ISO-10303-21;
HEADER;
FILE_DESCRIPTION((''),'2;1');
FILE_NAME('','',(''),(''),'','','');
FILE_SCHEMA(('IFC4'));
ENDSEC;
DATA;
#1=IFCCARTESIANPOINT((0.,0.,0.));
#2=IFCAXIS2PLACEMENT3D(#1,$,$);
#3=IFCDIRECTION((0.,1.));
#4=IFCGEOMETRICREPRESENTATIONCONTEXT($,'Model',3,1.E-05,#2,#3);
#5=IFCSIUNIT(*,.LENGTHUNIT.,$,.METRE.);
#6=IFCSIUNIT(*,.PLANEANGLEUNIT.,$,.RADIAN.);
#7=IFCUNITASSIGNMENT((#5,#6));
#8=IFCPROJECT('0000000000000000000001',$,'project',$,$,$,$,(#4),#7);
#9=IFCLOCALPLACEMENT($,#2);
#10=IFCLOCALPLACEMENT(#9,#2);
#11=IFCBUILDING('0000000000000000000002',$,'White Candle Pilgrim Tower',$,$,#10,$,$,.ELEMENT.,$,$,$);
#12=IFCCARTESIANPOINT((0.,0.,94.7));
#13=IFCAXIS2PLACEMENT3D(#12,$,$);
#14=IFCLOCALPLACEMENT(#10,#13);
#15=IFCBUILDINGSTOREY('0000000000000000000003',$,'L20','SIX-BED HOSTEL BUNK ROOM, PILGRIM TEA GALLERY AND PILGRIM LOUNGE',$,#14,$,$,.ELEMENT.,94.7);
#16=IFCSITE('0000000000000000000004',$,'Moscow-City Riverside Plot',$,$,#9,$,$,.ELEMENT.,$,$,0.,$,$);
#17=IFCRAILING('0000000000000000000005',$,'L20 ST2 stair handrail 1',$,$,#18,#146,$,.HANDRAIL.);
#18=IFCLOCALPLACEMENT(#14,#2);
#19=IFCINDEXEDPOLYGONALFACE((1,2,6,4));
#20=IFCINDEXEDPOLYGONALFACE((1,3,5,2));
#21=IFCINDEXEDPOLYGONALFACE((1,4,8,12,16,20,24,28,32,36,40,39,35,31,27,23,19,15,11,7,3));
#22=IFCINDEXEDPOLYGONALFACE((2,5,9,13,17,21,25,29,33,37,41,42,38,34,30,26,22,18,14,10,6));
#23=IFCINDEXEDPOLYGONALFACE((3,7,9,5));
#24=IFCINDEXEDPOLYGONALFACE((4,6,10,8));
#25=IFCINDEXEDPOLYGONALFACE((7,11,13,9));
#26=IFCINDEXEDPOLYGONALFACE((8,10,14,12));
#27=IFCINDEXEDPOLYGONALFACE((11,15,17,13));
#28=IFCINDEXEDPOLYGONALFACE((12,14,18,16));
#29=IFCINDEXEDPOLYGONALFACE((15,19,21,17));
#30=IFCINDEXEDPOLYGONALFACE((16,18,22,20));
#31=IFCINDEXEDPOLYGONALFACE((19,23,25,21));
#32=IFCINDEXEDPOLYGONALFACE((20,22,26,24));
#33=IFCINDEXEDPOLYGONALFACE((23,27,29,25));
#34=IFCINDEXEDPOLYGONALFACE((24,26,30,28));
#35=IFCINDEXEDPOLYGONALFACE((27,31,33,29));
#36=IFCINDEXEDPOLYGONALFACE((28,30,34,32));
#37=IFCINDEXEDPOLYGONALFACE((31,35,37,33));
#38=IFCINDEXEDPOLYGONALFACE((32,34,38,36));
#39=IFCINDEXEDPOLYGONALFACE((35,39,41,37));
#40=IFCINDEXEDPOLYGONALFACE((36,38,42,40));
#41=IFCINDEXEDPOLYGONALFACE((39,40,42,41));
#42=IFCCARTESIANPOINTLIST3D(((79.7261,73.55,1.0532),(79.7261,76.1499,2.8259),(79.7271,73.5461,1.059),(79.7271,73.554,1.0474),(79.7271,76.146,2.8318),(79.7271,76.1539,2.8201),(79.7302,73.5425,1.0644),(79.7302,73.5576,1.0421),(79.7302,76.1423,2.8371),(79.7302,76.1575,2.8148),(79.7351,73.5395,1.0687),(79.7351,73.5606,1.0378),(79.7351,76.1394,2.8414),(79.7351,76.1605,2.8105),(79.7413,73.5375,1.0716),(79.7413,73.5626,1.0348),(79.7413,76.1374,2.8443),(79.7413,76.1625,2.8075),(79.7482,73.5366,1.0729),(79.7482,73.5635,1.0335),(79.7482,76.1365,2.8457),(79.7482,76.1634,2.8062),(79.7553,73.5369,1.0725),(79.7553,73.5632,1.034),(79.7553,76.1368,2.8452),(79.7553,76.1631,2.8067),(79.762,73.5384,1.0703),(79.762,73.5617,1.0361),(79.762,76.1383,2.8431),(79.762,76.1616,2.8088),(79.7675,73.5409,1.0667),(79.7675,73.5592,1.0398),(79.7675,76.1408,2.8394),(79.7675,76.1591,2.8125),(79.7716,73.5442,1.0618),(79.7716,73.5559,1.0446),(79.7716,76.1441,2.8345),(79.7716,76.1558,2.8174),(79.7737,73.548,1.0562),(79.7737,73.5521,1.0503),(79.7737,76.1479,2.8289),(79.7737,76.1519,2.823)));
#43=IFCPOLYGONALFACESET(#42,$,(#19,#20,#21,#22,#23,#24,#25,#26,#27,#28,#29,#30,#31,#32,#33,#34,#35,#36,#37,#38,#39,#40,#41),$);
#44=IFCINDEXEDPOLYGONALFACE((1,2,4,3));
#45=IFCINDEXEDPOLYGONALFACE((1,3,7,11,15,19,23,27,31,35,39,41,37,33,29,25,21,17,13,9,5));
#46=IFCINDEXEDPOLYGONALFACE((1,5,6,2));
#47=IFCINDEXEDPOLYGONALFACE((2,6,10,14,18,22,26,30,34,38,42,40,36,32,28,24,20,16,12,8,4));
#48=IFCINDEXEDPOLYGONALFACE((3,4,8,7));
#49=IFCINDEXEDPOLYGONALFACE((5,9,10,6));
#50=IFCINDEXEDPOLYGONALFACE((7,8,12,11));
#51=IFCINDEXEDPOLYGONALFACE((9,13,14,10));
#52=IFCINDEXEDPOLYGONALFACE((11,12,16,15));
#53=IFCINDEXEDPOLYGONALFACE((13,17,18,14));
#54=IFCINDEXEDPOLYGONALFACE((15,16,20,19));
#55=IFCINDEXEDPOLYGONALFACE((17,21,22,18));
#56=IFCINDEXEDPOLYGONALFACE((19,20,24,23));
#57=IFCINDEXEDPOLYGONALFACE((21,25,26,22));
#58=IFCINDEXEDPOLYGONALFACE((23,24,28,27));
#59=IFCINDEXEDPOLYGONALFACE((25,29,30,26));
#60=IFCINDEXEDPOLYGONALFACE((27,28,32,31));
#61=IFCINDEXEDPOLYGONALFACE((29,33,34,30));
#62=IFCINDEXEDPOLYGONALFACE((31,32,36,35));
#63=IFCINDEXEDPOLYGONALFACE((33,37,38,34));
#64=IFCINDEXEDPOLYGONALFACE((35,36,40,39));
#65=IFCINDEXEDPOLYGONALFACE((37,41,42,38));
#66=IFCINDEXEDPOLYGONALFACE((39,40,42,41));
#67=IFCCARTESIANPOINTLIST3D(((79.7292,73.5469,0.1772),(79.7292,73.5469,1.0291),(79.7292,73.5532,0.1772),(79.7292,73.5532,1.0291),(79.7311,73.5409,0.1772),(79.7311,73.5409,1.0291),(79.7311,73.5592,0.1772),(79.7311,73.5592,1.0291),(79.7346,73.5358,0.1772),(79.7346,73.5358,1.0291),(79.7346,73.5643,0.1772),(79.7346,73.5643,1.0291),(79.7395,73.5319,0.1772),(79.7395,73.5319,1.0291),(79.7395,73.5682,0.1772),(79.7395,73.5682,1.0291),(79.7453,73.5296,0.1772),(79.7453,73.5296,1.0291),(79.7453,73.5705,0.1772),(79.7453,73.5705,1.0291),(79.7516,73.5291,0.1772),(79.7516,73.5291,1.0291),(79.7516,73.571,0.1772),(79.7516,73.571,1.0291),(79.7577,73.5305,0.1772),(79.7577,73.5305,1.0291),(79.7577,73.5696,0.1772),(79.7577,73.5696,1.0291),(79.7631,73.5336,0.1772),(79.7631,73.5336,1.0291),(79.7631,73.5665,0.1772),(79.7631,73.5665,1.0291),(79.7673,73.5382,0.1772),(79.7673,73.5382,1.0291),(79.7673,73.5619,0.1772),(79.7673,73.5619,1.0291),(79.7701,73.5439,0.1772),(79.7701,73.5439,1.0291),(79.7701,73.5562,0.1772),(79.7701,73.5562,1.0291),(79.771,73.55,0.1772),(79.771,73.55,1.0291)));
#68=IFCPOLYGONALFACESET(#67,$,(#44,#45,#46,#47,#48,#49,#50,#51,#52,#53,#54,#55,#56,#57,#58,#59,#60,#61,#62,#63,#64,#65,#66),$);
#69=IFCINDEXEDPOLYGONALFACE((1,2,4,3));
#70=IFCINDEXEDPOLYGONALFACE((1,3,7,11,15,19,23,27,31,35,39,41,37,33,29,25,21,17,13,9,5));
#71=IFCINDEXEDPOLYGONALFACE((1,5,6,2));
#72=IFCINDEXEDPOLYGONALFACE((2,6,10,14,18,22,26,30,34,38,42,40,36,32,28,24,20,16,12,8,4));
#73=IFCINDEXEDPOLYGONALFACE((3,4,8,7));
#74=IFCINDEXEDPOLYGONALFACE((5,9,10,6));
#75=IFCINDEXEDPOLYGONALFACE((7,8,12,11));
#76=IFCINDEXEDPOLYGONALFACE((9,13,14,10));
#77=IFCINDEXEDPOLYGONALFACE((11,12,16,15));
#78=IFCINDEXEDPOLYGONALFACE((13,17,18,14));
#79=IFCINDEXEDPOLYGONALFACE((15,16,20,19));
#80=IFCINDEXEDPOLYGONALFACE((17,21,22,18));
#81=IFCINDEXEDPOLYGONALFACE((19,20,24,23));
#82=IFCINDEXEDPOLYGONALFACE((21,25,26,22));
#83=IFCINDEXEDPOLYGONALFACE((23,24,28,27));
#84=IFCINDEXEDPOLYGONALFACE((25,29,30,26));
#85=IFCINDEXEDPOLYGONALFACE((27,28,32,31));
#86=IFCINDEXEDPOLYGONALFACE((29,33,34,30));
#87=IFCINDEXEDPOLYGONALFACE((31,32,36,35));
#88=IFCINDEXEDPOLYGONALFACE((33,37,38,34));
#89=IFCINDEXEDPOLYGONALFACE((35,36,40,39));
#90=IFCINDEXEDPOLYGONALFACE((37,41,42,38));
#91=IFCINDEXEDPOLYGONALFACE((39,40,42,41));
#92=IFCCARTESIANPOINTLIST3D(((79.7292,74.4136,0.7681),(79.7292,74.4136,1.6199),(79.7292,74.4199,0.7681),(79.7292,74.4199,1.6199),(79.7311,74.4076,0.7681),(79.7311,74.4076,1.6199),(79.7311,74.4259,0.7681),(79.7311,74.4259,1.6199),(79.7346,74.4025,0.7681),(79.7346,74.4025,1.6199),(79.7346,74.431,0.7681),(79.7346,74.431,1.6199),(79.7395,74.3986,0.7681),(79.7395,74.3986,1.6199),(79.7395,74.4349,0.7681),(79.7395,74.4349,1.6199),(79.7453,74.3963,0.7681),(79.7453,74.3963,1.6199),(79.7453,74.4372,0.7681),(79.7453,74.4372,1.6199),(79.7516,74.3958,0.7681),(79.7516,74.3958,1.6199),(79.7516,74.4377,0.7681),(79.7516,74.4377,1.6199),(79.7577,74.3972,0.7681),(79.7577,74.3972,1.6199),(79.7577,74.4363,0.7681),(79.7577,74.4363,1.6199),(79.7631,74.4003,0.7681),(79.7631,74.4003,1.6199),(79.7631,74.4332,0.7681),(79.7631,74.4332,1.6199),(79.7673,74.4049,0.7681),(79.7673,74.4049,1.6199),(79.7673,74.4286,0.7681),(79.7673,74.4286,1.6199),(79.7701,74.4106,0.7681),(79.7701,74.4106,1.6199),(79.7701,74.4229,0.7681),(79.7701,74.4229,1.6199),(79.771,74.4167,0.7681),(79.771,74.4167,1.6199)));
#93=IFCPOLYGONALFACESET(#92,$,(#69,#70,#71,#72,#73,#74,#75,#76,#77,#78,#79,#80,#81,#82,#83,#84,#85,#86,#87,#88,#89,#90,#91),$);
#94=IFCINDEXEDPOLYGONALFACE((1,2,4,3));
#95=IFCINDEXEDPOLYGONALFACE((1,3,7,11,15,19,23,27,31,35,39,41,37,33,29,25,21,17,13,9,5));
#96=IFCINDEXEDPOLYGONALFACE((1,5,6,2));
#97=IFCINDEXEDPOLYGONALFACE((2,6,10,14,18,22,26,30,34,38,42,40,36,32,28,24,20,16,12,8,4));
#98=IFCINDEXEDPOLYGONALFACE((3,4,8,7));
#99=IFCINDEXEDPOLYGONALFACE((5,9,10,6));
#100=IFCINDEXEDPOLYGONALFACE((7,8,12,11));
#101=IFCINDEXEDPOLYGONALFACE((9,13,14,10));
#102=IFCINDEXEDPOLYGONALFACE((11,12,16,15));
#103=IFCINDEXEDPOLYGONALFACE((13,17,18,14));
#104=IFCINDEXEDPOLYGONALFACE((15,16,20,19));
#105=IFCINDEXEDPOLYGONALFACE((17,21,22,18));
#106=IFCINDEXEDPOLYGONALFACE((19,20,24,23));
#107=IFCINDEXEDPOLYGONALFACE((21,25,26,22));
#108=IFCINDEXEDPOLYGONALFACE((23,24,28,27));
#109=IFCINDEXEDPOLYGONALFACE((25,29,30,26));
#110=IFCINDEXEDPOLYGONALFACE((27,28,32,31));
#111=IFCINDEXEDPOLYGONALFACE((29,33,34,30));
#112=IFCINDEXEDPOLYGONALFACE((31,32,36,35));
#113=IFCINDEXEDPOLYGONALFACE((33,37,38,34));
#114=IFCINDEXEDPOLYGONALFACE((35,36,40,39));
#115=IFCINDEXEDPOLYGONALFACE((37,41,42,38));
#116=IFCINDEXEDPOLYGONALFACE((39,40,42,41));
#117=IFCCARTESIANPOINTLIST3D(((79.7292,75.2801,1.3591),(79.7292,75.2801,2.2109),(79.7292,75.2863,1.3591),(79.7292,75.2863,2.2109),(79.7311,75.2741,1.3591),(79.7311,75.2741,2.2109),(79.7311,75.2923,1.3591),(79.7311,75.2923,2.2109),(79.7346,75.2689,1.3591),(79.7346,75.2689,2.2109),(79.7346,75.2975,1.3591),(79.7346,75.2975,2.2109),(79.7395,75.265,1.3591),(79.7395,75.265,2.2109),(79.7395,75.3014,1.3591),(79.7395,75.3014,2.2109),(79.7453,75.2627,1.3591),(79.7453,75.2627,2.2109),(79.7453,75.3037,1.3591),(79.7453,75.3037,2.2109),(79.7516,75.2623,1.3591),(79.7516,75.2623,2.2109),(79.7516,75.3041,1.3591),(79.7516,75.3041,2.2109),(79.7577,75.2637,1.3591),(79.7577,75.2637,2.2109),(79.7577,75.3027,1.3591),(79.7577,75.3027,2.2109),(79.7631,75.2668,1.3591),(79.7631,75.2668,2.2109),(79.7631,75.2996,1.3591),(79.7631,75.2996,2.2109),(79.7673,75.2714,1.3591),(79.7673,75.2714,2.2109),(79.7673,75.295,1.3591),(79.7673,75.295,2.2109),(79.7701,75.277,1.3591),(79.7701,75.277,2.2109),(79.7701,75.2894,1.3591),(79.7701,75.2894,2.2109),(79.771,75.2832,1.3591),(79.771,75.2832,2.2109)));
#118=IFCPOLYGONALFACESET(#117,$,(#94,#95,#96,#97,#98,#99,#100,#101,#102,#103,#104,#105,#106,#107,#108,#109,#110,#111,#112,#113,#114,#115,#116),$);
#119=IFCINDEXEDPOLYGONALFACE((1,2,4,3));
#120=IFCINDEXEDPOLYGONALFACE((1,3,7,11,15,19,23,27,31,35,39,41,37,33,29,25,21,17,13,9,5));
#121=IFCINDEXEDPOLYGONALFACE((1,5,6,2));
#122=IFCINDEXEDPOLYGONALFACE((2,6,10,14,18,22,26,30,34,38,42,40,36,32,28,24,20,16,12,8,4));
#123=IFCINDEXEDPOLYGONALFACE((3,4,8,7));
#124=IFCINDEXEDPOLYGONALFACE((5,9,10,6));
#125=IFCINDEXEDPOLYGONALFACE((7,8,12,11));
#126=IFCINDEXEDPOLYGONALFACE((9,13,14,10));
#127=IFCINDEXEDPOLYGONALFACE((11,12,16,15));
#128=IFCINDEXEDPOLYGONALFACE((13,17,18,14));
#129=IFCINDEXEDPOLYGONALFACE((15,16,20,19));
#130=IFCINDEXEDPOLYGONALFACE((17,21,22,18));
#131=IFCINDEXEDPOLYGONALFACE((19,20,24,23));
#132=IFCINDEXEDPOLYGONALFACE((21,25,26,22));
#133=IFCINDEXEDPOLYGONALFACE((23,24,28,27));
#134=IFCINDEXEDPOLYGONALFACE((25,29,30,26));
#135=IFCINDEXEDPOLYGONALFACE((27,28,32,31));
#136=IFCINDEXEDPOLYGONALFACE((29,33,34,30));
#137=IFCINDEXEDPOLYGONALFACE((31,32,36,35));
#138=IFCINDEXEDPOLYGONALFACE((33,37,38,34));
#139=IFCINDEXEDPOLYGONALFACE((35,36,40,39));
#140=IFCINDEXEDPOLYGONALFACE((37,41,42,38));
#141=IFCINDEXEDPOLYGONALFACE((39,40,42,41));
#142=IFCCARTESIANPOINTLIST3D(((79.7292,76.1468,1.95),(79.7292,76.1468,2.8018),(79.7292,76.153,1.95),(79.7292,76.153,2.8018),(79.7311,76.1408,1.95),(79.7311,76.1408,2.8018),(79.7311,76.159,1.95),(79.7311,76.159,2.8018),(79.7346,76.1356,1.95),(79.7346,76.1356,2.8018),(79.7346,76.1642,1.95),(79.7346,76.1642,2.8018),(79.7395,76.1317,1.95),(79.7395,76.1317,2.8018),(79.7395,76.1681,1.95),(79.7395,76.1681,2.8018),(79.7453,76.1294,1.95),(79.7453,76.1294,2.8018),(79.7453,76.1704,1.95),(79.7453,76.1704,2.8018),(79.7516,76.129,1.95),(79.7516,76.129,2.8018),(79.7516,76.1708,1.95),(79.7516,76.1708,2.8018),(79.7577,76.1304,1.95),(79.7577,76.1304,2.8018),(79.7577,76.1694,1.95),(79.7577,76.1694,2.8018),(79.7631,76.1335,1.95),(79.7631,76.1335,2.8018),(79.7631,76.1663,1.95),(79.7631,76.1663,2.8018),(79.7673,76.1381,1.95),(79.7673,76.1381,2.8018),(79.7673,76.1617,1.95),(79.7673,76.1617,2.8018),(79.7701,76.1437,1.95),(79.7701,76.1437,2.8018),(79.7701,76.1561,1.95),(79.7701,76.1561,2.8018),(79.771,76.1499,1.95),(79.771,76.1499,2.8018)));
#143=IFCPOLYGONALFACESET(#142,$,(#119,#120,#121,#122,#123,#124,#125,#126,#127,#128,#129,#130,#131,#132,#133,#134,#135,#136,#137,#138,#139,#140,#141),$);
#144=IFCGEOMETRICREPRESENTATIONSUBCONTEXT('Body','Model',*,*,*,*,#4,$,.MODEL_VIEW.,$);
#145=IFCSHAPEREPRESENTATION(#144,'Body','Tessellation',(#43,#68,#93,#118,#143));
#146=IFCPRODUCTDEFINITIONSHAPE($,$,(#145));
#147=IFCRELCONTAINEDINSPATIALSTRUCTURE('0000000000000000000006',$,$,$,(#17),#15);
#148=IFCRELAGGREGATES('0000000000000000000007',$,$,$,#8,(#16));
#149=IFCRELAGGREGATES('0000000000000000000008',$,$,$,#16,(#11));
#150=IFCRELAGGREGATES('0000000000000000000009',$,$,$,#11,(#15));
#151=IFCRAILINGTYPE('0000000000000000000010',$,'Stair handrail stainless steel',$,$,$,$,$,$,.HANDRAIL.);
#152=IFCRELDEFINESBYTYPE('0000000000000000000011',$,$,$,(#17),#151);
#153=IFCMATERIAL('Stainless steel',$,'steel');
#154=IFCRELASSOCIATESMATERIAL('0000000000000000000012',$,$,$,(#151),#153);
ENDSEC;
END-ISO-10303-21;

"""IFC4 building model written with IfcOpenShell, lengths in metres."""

from ifc_helpers import new_model, si_unit, direction, frame, origin, origin_2d, place, context, subcontext, project, spatial, circle, extrude, material, type_object, element, save


model = new_model("IFC4")

# Units and contexts
model_context = context("Model", 3, precision=1e-05, world=origin(), true_north=direction((0.0, 1.0)))
body_context = subcontext(model_context, "Body", "Model", "MODEL_VIEW")
ifc_project = project(units=[si_unit("LENGTHUNIT", "METRE"), si_unit("PLANEANGLEUNIT", "RADIAN")], contexts=[model_context])

# Site, building, storey
site_placement = place(None, origin())
site = spatial("IfcSite", under=ifc_project, at=site_placement, Name="Moscow-City Riverside Plot", CompositionType="ELEMENT", RefElevation=0.0)
building_placement = place(site_placement, origin())
building = spatial("IfcBuilding", under=site, at=building_placement, Name="White Candle Pilgrim Tower", CompositionType="ELEMENT")
storey_placement = place(building_placement, frame((0.0, 0.0, 94.7)))
storey = spatial("IfcBuildingStorey", under=building, at=storey_placement, Name="L20", Description="SIX-BED HOSTEL BUNK ROOM, PILGRIM TEA GALLERY AND PILGRIM LOUNGE", CompositionType="ELEMENT", Elevation=94.7)

# Railing
ifc_material_1 = material(Name="Stainless steel", Category="steel")
railing_type_1 = type_object("IfcRailingType", Name="Stair handrail stainless steel", PredefinedType="HANDRAIL", material=ifc_material_1)
railing_1_placement = place(storey_placement, frame((79.75, 73.55, 0.1772)))
element("IfcRailing", 1, at=railing_1_placement, inside=storey, type_object=railing_type_1, Name="L20 ST2 stair handrail 1", PredefinedType="HANDRAIL", context=body_context, shape_type="SweptSolid", body=[
    extrude(circle(Radius=0.0239, at=origin_2d()), frame((0.0, 0.0, 0.876), z_axis=(0.0, 0.826216, 0.563354), x_axis=(-1.0, 0.0, 0.0)), (0.0, 0.0, 1.0), 3.1467),
    extrude(circle(Radius=0.021, at=origin_2d()), origin(), (0.0, 0.0, 1.0), 0.8518),
    extrude(circle(Radius=0.021, at=origin_2d()), frame((0.0, 0.8667, 0.5908)), (0.0, 0.0, 1.0), 0.8518),
    extrude(circle(Radius=0.021, at=origin_2d()), frame((0.0, 1.7332, 1.1819)), (0.0, 0.0, 1.0), 0.8518),
    extrude(circle(Radius=0.021, at=origin_2d()), frame((0.0, 2.5999, 1.7727)), (0.0, 0.0, 1.0), 0.8518),
])

save(model, "model.ifc")
